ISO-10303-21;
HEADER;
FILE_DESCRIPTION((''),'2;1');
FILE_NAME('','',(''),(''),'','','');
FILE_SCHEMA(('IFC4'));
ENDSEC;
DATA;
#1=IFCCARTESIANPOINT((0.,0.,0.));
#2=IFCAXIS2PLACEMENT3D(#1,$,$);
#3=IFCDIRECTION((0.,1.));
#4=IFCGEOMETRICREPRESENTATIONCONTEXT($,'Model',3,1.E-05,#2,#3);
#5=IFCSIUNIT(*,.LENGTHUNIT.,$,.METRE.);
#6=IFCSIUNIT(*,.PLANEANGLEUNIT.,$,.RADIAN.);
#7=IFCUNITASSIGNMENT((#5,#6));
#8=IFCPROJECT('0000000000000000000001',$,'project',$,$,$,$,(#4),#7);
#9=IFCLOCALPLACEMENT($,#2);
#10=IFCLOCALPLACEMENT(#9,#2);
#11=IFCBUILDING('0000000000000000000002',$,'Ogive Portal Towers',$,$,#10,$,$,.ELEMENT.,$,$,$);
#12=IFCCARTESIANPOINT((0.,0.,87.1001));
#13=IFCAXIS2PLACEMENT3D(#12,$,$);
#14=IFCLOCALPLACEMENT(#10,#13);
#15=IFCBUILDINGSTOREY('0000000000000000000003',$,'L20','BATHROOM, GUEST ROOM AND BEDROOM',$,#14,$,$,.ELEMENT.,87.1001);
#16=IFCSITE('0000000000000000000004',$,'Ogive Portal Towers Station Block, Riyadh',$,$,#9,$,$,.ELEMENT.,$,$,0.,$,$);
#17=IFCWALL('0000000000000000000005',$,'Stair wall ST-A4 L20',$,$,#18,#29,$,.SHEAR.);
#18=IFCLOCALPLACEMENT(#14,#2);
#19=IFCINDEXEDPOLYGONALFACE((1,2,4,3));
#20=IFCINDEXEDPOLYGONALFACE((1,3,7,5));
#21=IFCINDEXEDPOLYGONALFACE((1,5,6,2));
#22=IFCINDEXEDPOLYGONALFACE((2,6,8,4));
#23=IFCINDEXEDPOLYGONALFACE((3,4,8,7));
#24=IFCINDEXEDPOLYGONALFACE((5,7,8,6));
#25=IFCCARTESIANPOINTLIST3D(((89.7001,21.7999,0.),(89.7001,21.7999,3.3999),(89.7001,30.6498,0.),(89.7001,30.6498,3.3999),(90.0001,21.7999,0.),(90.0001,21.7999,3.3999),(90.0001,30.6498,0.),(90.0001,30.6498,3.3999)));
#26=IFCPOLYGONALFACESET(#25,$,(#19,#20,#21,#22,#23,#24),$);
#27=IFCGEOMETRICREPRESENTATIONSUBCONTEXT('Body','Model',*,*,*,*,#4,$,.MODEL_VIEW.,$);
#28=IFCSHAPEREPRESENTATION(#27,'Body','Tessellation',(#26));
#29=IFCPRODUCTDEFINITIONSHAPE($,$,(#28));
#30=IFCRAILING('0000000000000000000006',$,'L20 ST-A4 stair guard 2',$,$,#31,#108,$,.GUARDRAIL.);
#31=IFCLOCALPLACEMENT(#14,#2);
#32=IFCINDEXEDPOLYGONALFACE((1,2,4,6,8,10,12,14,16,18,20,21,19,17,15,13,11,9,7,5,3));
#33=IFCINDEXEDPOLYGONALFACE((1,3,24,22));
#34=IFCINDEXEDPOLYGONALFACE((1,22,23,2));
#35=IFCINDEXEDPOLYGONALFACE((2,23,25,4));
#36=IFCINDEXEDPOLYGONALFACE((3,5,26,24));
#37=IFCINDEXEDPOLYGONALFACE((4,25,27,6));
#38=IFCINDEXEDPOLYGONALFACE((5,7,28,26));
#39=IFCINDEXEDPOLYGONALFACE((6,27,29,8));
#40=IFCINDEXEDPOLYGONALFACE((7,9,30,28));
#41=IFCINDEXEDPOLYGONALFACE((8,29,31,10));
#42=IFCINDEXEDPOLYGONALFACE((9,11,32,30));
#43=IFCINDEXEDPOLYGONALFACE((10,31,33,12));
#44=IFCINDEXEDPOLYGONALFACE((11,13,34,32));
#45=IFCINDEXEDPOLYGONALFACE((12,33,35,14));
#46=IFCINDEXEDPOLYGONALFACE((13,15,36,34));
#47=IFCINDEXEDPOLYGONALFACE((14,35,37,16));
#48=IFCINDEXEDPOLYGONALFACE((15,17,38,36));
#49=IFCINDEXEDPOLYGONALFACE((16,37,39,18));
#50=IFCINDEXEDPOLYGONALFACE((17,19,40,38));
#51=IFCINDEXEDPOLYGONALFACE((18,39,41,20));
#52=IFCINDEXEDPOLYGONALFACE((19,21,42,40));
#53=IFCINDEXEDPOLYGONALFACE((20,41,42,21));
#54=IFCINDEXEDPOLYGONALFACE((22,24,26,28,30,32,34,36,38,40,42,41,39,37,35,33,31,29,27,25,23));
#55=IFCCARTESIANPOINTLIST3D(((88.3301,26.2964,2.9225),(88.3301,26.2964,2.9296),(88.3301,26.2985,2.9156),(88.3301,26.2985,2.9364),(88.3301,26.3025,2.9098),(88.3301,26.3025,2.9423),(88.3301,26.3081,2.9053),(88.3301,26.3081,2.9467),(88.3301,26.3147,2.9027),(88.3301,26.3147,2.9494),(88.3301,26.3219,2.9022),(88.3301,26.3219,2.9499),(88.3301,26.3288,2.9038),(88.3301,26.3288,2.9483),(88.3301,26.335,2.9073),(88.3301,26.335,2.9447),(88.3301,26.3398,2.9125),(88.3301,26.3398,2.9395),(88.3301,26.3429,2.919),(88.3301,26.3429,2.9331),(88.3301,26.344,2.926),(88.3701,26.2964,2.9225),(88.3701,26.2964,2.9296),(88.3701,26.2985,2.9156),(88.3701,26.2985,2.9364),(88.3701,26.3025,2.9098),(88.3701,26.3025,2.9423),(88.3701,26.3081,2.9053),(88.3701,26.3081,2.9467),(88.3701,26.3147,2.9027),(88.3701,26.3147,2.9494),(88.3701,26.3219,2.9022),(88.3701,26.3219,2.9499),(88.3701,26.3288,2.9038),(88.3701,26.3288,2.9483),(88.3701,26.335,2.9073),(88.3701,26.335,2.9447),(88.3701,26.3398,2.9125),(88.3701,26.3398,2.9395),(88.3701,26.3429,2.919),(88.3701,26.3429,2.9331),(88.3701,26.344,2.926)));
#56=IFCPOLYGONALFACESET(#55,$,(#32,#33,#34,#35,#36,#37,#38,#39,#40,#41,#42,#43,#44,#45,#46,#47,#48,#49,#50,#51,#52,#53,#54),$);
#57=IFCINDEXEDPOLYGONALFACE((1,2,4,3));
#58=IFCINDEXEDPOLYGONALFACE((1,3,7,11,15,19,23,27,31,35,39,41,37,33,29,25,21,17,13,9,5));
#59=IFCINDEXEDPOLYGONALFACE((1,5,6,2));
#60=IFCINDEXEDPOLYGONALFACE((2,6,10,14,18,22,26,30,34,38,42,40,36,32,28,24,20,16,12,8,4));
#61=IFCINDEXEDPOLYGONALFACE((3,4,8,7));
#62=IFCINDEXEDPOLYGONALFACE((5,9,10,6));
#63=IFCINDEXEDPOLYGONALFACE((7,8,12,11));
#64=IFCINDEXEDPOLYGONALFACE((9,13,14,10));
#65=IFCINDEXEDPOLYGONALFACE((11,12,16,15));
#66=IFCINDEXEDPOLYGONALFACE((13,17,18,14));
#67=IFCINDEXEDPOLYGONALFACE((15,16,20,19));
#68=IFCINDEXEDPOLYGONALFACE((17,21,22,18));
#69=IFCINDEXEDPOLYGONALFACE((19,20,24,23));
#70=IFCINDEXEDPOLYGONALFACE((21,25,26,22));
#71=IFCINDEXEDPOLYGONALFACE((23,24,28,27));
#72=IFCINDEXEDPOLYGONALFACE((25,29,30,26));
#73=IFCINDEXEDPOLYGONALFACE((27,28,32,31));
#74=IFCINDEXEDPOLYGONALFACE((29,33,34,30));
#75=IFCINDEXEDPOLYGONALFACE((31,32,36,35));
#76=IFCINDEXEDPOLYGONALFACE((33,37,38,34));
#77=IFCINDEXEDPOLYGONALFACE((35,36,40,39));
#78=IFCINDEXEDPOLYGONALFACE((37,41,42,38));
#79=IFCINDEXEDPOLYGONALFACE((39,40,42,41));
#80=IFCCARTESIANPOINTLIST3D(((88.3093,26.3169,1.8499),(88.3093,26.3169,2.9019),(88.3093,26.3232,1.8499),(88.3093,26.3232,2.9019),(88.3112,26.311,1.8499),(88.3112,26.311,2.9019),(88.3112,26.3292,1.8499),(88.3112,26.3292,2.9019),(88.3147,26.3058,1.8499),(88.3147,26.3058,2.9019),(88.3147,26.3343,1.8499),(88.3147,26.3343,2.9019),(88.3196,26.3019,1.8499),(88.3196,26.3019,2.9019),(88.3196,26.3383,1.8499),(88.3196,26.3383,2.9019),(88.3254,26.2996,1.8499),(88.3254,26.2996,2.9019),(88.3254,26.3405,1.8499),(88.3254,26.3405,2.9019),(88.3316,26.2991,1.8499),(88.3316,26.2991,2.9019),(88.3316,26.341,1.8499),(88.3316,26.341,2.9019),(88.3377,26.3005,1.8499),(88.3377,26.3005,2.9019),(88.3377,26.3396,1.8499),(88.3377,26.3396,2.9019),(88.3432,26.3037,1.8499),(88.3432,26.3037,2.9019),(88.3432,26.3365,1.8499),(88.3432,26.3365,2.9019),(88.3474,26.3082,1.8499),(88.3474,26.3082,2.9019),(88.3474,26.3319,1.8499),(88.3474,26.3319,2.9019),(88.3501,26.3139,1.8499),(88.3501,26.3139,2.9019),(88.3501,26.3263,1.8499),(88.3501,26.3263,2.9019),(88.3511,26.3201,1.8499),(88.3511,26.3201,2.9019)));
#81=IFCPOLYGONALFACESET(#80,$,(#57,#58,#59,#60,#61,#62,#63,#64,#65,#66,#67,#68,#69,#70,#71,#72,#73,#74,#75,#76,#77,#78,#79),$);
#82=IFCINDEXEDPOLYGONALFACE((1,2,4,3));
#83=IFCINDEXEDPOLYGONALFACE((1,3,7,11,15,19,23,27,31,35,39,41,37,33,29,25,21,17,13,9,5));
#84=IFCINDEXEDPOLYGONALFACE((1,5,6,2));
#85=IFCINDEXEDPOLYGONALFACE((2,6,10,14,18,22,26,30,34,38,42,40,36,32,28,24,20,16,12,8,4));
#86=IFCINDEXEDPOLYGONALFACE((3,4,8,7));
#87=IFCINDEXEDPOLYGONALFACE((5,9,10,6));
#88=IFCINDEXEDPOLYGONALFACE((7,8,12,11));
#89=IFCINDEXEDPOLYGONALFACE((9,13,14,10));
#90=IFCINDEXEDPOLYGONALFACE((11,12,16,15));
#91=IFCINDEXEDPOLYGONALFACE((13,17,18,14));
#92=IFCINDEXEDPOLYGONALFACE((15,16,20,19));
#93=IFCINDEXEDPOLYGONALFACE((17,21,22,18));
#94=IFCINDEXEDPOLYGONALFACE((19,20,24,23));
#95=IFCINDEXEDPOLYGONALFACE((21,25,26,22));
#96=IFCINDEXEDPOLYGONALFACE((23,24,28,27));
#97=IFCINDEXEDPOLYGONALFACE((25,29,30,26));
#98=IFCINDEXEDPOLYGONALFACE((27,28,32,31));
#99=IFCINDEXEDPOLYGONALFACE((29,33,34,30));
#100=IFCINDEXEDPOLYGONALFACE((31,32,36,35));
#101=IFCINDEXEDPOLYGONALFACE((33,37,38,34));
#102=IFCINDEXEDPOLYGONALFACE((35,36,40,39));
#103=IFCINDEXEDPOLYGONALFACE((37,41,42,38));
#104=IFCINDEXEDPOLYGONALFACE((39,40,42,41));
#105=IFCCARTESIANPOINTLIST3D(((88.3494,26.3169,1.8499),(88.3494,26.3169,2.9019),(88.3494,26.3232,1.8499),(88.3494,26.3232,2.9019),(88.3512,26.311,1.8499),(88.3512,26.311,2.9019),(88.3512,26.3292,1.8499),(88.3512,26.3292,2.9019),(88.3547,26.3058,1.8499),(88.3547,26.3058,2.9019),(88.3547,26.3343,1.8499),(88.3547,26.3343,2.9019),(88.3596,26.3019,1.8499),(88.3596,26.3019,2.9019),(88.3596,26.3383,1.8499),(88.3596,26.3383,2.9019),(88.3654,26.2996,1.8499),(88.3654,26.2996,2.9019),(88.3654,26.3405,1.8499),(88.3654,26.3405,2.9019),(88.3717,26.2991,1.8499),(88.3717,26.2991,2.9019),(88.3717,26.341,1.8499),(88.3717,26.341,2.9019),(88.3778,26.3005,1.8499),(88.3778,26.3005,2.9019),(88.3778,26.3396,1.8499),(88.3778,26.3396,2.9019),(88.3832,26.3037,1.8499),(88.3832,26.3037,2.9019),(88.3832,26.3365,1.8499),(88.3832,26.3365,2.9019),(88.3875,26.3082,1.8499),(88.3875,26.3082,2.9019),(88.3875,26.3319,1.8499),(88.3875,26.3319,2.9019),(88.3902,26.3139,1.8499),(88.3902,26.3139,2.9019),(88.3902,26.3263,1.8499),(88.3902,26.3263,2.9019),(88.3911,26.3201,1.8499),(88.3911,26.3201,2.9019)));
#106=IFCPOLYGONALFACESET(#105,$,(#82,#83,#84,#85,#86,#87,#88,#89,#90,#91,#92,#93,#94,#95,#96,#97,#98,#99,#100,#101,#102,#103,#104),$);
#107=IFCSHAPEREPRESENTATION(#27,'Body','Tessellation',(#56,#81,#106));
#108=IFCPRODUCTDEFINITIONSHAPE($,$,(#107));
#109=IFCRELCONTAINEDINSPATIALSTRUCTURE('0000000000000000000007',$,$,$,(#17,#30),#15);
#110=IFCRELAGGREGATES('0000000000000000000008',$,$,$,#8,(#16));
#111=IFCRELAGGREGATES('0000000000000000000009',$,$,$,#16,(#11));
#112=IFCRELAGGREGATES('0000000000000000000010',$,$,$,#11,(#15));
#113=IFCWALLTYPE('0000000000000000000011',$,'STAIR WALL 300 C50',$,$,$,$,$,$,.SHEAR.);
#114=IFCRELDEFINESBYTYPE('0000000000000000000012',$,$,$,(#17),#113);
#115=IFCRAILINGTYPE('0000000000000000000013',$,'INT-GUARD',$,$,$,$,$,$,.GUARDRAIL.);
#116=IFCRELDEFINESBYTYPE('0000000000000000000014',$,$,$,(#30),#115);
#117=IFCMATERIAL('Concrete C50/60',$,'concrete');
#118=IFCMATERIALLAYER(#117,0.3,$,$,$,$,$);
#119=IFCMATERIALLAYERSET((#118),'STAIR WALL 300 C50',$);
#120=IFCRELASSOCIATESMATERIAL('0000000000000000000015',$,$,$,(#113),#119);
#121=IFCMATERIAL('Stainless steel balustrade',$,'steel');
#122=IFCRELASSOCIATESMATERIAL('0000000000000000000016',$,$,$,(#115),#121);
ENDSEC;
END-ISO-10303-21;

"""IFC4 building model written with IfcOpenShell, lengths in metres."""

from ifc_helpers import new_model, si_unit, direction, frame, frame_2d, origin, origin_2d, place, context, subcontext, project, spatial, rectangle, circle, extrude, material, layer, layer_set, type_object, element, save


model = new_model("IFC4")

# Units and contexts
model_context = context("Model", 3, precision=1e-05, world=origin(), true_north=direction((0.0, 1.0)))
body_context = subcontext(model_context, "Body", "Model", "MODEL_VIEW")
ifc_project = project(units=[si_unit("LENGTHUNIT", "METRE"), si_unit("PLANEANGLEUNIT", "RADIAN")], contexts=[model_context])

# Site, building, storey
site_placement = place(None, origin())
site = spatial("IfcSite", under=ifc_project, at=site_placement, Name="Ogive Portal Towers Station Block, Riyadh", CompositionType="ELEMENT", RefElevation=0.0)
building_placement = place(site_placement, origin())
building = spatial("IfcBuilding", under=site, at=building_placement, Name="Ogive Portal Towers", CompositionType="ELEMENT")
storey_placement = place(building_placement, frame((0.0, 0.0, 87.1001)))
storey = spatial("IfcBuildingStorey", under=building, at=storey_placement, Name="L20", Description="BATHROOM, GUEST ROOM AND BEDROOM", CompositionType="ELEMENT", Elevation=87.1001)

# Wall
ifc_material_1 = material(Name="Concrete C50/60", Category="concrete")
ifc_layer_1 = layer(ifc_material_1, 0.3)
ifc_layer_set_1 = layer_set([ifc_layer_1], Name="STAIR WALL 300 C50")
wall_type_1 = type_object("IfcWallType", Name="STAIR WALL 300 C50", PredefinedType="SHEAR", material=ifc_layer_set_1)
for number, where, z_axis, x_axis, name in (
    (1, (89.8501, 21.8, 0.0), (0.0, 0.0, 1.0), (0.0, 1.0, 0.0), "Stair wall ST-A4 L20"),
):
    element("IfcWall", number, at=place(storey_placement, frame(where, z_axis=z_axis, x_axis=x_axis)), inside=storey, type_object=wall_type_1, Name=name, PredefinedType="SHEAR", context=body_context, shape_type="SweptSolid", body=[
        extrude(rectangle(XDim=8.8499, YDim=0.3, at=frame_2d((4.4248, 0.0))), origin(), (0.0, 0.0, 1.0), 3.3999),
    ])

# Railing
ifc_material_2 = material(Name="Stainless steel balustrade", Category="steel")
railing_type = type_object("IfcRailingType", Name="INT-GUARD", PredefinedType="GUARDRAIL", material=ifc_material_2)
railing_1_placement = place(storey_placement, frame((88.3301, 26.3201, 1.8499)))
element("IfcRailing", 2, at=railing_1_placement, inside=storey, type_object=railing_type, Name="L20 ST-A4 stair guard 2", PredefinedType="GUARDRAIL", context=body_context, shape_type="SweptSolid", body=[
    extrude(circle(Radius=0.0239, at=origin_2d()), frame((0.0, 0.0, 1.0762), z_axis=(1.0, 0.0, 0.0), x_axis=(0.0, 1.0, 0.0)), (0.0, 0.0, 1.0), 0.04),
    extrude(circle(Radius=0.021, at=origin_2d()), origin(), (0.0, 0.0, 1.0), 1.052),
    extrude(circle(Radius=0.021, at=origin_2d()), frame((0.04, 0.0, 0.0)), (0.0, 0.0, 1.0), 1.052),
])

save(model, "model.ifc")
